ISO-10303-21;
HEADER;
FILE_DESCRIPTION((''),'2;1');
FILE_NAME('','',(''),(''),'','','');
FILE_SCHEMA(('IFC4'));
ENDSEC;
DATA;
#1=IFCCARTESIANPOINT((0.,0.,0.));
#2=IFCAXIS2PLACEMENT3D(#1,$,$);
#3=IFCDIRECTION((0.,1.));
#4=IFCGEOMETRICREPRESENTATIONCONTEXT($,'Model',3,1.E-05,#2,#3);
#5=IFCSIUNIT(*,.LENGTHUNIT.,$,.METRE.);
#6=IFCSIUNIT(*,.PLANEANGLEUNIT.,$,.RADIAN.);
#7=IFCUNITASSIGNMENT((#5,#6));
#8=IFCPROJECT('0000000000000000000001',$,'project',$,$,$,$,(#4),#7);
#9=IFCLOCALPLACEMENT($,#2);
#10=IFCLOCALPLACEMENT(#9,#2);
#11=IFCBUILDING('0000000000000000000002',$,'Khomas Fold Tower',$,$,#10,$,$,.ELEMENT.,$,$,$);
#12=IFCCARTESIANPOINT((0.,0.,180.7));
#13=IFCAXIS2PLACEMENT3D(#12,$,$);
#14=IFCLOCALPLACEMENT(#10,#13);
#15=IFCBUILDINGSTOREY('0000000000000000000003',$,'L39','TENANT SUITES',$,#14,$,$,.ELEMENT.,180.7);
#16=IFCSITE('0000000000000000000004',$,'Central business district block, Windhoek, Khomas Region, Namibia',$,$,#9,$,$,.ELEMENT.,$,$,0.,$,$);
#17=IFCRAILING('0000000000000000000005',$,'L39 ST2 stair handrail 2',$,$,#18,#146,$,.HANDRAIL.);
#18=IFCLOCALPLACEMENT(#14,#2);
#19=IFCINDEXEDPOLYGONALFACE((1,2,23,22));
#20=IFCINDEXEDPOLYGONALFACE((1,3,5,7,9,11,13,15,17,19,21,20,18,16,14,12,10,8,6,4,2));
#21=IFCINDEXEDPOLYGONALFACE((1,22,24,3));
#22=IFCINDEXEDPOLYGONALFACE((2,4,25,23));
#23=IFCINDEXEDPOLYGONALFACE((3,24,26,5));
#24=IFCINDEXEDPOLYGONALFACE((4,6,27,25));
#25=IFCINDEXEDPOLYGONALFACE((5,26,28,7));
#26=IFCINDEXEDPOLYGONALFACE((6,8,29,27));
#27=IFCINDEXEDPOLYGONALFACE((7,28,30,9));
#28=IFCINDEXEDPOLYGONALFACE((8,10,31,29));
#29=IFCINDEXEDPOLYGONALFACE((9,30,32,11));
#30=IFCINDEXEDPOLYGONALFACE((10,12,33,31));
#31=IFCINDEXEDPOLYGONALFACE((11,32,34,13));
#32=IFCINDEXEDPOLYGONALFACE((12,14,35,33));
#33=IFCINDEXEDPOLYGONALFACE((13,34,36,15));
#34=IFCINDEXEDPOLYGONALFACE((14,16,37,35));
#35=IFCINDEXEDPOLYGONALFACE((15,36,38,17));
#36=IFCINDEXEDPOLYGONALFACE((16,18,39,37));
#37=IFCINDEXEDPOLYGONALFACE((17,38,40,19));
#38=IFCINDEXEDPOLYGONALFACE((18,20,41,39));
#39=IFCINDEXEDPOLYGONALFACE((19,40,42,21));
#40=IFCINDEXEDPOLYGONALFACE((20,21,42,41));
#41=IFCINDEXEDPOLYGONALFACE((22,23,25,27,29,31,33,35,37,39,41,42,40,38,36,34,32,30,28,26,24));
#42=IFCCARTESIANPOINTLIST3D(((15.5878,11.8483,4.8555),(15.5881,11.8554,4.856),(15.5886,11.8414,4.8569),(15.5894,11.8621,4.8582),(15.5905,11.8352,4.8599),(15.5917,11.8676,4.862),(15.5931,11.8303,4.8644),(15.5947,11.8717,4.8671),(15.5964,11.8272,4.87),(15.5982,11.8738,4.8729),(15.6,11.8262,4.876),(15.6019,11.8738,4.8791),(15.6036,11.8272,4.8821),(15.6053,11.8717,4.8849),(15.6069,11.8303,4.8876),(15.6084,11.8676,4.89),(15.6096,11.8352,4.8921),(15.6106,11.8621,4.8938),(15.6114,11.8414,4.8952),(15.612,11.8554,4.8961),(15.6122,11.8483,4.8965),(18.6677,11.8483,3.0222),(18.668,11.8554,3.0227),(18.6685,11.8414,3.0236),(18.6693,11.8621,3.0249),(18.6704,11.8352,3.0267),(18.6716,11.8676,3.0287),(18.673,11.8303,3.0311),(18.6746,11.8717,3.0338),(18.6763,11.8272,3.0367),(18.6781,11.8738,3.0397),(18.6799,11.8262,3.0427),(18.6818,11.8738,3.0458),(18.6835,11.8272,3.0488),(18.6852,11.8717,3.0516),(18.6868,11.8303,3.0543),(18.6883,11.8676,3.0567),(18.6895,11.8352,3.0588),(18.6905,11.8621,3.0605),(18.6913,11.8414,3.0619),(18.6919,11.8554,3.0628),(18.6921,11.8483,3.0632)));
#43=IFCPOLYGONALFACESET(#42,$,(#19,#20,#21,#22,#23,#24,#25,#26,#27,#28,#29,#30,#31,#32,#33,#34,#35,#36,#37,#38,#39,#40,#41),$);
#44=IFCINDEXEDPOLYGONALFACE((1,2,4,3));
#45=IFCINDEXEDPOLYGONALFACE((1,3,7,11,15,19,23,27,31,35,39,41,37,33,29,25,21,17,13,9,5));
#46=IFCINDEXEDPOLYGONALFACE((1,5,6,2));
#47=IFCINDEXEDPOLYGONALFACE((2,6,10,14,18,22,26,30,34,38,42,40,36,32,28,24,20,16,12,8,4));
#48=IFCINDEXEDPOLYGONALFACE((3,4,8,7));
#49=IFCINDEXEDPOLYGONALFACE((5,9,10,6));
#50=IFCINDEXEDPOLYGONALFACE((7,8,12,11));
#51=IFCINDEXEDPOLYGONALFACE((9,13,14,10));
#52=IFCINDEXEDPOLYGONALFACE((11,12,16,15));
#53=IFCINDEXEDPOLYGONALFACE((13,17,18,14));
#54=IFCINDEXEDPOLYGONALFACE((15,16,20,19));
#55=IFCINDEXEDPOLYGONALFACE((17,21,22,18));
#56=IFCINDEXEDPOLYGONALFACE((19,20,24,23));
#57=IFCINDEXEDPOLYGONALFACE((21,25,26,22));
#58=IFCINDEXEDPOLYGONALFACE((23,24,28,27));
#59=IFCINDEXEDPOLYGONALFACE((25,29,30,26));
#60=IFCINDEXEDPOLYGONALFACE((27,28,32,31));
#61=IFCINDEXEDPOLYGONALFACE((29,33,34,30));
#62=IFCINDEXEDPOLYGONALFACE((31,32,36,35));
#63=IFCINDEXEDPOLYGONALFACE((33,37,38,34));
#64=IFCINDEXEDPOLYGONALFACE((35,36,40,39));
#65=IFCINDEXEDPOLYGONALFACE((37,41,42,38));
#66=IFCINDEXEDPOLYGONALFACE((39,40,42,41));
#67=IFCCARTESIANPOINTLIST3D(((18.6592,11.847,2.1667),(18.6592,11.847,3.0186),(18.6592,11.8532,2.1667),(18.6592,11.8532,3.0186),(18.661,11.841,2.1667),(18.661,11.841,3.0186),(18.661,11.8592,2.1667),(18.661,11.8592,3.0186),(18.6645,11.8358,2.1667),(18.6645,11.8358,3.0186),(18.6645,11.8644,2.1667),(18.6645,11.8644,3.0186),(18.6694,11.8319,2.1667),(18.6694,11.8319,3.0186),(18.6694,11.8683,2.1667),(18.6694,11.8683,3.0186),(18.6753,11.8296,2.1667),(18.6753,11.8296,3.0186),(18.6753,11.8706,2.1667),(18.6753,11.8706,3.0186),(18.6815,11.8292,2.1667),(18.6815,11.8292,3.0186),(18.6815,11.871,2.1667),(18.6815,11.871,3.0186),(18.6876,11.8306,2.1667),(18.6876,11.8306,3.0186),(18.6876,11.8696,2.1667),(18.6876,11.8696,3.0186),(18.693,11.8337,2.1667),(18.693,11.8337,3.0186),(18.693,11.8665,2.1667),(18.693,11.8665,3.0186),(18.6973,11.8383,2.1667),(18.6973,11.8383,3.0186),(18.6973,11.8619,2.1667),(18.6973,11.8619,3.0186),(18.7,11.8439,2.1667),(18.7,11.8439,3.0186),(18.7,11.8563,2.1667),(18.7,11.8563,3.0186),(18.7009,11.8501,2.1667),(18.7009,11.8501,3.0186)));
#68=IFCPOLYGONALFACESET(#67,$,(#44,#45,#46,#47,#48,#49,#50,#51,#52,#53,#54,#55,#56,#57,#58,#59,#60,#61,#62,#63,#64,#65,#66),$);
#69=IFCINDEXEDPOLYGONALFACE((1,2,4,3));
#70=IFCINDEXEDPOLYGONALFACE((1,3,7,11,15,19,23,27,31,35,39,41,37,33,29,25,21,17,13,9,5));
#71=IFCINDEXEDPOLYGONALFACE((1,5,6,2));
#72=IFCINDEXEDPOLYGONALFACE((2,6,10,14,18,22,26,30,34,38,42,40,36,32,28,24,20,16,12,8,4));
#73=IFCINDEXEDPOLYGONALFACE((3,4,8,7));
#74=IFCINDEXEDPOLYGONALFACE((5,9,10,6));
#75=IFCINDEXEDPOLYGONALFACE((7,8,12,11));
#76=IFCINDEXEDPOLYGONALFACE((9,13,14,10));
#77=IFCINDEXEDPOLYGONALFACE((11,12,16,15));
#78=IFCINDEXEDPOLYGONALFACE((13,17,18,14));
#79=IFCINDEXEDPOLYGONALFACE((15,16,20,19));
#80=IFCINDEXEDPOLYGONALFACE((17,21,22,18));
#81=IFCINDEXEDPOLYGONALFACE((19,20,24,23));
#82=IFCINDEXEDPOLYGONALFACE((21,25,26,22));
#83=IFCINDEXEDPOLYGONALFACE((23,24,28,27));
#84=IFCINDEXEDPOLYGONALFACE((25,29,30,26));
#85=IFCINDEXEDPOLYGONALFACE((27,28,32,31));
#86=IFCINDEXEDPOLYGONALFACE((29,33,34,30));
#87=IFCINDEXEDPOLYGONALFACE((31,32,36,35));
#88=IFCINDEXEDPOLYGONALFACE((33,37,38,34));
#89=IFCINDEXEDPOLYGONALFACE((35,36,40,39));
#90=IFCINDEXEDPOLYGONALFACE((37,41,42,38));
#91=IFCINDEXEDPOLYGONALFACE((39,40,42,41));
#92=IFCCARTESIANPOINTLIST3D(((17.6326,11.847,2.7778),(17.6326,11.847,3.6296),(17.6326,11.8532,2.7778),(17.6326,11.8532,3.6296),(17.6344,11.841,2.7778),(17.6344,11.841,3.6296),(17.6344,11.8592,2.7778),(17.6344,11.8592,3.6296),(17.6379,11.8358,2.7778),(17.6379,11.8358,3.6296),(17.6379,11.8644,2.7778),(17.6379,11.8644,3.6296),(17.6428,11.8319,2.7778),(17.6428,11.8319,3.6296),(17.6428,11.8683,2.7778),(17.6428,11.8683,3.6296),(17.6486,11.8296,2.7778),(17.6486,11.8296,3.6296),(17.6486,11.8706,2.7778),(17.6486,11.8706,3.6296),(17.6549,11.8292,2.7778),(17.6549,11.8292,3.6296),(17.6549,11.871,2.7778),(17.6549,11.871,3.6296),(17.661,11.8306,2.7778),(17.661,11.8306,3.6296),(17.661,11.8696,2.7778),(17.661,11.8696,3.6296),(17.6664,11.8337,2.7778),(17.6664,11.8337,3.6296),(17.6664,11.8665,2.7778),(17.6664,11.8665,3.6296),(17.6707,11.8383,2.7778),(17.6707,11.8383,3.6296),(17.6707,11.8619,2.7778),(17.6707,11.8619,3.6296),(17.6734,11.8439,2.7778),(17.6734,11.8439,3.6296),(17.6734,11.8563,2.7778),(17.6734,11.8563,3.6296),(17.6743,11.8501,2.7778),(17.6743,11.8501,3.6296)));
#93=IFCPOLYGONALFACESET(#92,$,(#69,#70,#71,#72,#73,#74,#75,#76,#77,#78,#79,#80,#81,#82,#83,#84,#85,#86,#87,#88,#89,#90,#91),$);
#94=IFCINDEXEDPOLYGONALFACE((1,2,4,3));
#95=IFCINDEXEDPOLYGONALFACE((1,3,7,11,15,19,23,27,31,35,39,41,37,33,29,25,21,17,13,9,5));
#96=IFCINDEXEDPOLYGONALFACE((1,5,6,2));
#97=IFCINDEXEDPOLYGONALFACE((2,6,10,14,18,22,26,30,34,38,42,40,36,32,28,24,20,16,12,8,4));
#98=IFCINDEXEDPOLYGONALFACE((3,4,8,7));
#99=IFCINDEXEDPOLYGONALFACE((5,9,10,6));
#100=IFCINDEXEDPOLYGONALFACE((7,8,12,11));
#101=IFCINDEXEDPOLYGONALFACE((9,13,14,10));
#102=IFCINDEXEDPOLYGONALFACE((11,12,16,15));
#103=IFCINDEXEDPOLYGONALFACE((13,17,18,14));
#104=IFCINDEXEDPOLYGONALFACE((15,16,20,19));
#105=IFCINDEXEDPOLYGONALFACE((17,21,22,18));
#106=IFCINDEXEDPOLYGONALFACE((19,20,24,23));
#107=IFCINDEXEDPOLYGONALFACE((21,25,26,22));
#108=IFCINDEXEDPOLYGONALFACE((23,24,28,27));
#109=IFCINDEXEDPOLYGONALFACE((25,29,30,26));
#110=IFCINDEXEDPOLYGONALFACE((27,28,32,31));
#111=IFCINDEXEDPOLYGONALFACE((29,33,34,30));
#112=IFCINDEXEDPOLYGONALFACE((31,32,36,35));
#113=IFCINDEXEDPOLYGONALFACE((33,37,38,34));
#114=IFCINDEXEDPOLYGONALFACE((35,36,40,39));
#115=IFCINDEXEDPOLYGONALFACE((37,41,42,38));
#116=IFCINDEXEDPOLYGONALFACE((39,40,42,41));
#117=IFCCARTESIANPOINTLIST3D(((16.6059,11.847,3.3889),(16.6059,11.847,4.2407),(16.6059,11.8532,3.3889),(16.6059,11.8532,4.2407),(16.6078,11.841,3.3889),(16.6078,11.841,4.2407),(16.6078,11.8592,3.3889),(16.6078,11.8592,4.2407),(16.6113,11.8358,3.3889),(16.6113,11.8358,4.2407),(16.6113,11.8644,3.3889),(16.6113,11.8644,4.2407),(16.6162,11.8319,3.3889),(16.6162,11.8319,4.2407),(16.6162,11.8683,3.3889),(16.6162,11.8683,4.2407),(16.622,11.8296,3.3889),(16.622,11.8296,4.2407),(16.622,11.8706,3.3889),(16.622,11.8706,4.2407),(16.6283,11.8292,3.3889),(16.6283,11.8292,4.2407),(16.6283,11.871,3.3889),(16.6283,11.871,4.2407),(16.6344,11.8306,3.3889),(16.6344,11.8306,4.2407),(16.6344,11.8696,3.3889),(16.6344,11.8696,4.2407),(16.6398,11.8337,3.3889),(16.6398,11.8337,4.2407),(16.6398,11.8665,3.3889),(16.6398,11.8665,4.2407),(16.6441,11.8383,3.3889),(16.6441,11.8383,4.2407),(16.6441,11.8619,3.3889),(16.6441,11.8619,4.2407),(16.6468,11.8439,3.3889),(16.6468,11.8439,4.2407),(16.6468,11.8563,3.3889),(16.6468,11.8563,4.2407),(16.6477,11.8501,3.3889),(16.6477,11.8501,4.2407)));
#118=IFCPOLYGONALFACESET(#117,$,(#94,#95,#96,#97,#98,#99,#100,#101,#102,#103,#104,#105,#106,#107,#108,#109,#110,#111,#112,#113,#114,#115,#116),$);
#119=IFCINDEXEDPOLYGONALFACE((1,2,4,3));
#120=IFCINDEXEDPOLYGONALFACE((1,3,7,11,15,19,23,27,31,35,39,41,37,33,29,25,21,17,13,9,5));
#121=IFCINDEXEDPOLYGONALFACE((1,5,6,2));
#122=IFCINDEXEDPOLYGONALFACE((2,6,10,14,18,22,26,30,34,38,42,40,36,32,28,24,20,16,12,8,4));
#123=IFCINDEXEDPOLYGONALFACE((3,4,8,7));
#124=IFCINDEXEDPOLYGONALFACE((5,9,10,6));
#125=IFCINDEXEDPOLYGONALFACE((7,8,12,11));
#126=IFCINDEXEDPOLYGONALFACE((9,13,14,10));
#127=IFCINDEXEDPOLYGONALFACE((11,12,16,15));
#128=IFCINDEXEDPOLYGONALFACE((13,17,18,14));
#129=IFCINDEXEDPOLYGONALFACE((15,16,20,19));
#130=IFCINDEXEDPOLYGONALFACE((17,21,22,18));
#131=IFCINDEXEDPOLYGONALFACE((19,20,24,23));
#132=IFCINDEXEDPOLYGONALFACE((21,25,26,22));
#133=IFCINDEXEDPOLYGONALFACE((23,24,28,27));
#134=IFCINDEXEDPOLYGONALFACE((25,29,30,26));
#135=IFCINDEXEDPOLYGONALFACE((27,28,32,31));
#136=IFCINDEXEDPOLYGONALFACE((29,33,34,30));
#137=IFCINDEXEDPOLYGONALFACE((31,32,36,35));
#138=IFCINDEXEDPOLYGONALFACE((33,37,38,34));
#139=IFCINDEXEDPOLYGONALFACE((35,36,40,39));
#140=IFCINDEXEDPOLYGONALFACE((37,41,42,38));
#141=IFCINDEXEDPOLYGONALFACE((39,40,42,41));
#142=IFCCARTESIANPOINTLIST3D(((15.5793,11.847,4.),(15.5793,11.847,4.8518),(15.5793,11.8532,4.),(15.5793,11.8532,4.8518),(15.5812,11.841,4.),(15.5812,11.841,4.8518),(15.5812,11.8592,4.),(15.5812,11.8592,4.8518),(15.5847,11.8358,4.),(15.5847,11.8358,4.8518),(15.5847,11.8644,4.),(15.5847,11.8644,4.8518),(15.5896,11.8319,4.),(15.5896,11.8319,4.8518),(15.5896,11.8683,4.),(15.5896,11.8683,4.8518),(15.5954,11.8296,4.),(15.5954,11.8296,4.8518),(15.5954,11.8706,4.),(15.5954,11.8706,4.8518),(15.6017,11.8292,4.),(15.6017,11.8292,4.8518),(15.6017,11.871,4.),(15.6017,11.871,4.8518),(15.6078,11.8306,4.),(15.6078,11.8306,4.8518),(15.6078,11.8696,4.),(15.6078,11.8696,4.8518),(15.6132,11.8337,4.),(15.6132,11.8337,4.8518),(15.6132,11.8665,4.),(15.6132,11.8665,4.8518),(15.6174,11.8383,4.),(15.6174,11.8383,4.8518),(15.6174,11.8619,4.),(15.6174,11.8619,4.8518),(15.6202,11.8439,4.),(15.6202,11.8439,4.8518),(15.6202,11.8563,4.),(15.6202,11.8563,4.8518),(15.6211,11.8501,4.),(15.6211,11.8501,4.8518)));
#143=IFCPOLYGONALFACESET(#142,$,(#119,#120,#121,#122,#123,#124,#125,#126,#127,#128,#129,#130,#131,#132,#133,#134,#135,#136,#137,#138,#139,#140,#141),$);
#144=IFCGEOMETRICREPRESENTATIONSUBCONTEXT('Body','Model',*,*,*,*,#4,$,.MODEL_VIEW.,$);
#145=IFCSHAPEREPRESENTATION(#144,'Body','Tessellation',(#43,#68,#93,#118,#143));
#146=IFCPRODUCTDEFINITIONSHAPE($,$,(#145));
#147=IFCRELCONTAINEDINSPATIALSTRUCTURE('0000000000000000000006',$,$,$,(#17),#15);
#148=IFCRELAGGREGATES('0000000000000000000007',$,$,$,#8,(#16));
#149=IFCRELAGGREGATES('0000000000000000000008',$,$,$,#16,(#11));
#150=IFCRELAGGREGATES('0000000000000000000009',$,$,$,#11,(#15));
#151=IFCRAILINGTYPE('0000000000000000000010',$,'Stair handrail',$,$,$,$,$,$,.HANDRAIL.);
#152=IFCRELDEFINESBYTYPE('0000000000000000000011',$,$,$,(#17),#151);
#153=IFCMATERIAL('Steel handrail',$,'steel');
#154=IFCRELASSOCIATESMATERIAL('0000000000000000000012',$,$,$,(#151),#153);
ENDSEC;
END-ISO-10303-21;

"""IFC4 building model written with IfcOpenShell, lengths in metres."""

from ifc_helpers import new_model, si_unit, direction, frame, origin, origin_2d, place, context, subcontext, project, spatial, circle, extrude, source, transform, mapped, material, type_object, element, save


model = new_model("IFC4")

# Units and contexts
model_context = context("Model", 3, precision=1e-05, world=origin(), true_north=direction((0.0, 1.0)))
body_context = subcontext(model_context, "Body", "Model", "MODEL_VIEW")
ifc_project = project(units=[si_unit("LENGTHUNIT", "METRE"), si_unit("PLANEANGLEUNIT", "RADIAN")], contexts=[model_context])

# Site, building, storey
site_placement = place(None, origin())
site = spatial("IfcSite", under=ifc_project, at=site_placement, Name="Central business district block, Windhoek, Khomas Region, Namibia", CompositionType="ELEMENT", RefElevation=0.0)
building_placement = place(site_placement, origin())
building = spatial("IfcBuilding", under=site, at=building_placement, Name="Khomas Fold Tower", CompositionType="ELEMENT")
storey_placement = place(building_placement, frame((0.0, 0.0, 180.7)))
storey = spatial("IfcBuildingStorey", under=building, at=storey_placement, Name="L39", Description="TENANT SUITES", CompositionType="ELEMENT", Elevation=180.7)

# Railing
ifc_material_1 = material(Name="Steel handrail", Category="steel")
railing_type_1 = type_object("IfcRailingType", Name="Stair handrail", PredefinedType="HANDRAIL", material=ifc_material_1)
shared_shape_1 = source(origin(), body_context, "Body", "SweptSolid", [
    extrude(circle(Radius=0.0239, at=origin_2d()), frame((0.0, 0.0, 0.876), z_axis=(-0.859291, 0.0, 0.511487), x_axis=(0.0, -1.0, 0.0)), (0.0, 0.0, 1.0), 3.5842),
    extrude(circle(Radius=0.021, at=origin_2d()), origin(), (0.0, 0.0, 1.0), 0.8518),
    extrude(circle(Radius=0.021, at=origin_2d()), frame((-1.0266, 0.0, 0.6111)), (0.0, 0.0, 1.0), 0.8518),
    extrude(circle(Radius=0.021, at=origin_2d()), frame((-2.0532, 0.0, 1.2222)), (0.0, 0.0, 1.0), 0.8518),
    extrude(circle(Radius=0.021, at=origin_2d()), frame((-3.0798, 0.0, 1.8333)), (0.0, 0.0, 1.0), 0.8518),
])
railing_1_placement = place(storey_placement, frame((18.6799, 11.8501, 2.1667)))
element("IfcRailing", 1, at=railing_1_placement, inside=storey, type_object=railing_type_1, Name="L39 ST2 stair handrail 2", PredefinedType="HANDRAIL", context=body_context, shape_type="MappedRepresentation", body=[
    mapped(shared_shape_1, transform((0.0, 0.0, 0.0))),
])

save(model, "model.ifc")
